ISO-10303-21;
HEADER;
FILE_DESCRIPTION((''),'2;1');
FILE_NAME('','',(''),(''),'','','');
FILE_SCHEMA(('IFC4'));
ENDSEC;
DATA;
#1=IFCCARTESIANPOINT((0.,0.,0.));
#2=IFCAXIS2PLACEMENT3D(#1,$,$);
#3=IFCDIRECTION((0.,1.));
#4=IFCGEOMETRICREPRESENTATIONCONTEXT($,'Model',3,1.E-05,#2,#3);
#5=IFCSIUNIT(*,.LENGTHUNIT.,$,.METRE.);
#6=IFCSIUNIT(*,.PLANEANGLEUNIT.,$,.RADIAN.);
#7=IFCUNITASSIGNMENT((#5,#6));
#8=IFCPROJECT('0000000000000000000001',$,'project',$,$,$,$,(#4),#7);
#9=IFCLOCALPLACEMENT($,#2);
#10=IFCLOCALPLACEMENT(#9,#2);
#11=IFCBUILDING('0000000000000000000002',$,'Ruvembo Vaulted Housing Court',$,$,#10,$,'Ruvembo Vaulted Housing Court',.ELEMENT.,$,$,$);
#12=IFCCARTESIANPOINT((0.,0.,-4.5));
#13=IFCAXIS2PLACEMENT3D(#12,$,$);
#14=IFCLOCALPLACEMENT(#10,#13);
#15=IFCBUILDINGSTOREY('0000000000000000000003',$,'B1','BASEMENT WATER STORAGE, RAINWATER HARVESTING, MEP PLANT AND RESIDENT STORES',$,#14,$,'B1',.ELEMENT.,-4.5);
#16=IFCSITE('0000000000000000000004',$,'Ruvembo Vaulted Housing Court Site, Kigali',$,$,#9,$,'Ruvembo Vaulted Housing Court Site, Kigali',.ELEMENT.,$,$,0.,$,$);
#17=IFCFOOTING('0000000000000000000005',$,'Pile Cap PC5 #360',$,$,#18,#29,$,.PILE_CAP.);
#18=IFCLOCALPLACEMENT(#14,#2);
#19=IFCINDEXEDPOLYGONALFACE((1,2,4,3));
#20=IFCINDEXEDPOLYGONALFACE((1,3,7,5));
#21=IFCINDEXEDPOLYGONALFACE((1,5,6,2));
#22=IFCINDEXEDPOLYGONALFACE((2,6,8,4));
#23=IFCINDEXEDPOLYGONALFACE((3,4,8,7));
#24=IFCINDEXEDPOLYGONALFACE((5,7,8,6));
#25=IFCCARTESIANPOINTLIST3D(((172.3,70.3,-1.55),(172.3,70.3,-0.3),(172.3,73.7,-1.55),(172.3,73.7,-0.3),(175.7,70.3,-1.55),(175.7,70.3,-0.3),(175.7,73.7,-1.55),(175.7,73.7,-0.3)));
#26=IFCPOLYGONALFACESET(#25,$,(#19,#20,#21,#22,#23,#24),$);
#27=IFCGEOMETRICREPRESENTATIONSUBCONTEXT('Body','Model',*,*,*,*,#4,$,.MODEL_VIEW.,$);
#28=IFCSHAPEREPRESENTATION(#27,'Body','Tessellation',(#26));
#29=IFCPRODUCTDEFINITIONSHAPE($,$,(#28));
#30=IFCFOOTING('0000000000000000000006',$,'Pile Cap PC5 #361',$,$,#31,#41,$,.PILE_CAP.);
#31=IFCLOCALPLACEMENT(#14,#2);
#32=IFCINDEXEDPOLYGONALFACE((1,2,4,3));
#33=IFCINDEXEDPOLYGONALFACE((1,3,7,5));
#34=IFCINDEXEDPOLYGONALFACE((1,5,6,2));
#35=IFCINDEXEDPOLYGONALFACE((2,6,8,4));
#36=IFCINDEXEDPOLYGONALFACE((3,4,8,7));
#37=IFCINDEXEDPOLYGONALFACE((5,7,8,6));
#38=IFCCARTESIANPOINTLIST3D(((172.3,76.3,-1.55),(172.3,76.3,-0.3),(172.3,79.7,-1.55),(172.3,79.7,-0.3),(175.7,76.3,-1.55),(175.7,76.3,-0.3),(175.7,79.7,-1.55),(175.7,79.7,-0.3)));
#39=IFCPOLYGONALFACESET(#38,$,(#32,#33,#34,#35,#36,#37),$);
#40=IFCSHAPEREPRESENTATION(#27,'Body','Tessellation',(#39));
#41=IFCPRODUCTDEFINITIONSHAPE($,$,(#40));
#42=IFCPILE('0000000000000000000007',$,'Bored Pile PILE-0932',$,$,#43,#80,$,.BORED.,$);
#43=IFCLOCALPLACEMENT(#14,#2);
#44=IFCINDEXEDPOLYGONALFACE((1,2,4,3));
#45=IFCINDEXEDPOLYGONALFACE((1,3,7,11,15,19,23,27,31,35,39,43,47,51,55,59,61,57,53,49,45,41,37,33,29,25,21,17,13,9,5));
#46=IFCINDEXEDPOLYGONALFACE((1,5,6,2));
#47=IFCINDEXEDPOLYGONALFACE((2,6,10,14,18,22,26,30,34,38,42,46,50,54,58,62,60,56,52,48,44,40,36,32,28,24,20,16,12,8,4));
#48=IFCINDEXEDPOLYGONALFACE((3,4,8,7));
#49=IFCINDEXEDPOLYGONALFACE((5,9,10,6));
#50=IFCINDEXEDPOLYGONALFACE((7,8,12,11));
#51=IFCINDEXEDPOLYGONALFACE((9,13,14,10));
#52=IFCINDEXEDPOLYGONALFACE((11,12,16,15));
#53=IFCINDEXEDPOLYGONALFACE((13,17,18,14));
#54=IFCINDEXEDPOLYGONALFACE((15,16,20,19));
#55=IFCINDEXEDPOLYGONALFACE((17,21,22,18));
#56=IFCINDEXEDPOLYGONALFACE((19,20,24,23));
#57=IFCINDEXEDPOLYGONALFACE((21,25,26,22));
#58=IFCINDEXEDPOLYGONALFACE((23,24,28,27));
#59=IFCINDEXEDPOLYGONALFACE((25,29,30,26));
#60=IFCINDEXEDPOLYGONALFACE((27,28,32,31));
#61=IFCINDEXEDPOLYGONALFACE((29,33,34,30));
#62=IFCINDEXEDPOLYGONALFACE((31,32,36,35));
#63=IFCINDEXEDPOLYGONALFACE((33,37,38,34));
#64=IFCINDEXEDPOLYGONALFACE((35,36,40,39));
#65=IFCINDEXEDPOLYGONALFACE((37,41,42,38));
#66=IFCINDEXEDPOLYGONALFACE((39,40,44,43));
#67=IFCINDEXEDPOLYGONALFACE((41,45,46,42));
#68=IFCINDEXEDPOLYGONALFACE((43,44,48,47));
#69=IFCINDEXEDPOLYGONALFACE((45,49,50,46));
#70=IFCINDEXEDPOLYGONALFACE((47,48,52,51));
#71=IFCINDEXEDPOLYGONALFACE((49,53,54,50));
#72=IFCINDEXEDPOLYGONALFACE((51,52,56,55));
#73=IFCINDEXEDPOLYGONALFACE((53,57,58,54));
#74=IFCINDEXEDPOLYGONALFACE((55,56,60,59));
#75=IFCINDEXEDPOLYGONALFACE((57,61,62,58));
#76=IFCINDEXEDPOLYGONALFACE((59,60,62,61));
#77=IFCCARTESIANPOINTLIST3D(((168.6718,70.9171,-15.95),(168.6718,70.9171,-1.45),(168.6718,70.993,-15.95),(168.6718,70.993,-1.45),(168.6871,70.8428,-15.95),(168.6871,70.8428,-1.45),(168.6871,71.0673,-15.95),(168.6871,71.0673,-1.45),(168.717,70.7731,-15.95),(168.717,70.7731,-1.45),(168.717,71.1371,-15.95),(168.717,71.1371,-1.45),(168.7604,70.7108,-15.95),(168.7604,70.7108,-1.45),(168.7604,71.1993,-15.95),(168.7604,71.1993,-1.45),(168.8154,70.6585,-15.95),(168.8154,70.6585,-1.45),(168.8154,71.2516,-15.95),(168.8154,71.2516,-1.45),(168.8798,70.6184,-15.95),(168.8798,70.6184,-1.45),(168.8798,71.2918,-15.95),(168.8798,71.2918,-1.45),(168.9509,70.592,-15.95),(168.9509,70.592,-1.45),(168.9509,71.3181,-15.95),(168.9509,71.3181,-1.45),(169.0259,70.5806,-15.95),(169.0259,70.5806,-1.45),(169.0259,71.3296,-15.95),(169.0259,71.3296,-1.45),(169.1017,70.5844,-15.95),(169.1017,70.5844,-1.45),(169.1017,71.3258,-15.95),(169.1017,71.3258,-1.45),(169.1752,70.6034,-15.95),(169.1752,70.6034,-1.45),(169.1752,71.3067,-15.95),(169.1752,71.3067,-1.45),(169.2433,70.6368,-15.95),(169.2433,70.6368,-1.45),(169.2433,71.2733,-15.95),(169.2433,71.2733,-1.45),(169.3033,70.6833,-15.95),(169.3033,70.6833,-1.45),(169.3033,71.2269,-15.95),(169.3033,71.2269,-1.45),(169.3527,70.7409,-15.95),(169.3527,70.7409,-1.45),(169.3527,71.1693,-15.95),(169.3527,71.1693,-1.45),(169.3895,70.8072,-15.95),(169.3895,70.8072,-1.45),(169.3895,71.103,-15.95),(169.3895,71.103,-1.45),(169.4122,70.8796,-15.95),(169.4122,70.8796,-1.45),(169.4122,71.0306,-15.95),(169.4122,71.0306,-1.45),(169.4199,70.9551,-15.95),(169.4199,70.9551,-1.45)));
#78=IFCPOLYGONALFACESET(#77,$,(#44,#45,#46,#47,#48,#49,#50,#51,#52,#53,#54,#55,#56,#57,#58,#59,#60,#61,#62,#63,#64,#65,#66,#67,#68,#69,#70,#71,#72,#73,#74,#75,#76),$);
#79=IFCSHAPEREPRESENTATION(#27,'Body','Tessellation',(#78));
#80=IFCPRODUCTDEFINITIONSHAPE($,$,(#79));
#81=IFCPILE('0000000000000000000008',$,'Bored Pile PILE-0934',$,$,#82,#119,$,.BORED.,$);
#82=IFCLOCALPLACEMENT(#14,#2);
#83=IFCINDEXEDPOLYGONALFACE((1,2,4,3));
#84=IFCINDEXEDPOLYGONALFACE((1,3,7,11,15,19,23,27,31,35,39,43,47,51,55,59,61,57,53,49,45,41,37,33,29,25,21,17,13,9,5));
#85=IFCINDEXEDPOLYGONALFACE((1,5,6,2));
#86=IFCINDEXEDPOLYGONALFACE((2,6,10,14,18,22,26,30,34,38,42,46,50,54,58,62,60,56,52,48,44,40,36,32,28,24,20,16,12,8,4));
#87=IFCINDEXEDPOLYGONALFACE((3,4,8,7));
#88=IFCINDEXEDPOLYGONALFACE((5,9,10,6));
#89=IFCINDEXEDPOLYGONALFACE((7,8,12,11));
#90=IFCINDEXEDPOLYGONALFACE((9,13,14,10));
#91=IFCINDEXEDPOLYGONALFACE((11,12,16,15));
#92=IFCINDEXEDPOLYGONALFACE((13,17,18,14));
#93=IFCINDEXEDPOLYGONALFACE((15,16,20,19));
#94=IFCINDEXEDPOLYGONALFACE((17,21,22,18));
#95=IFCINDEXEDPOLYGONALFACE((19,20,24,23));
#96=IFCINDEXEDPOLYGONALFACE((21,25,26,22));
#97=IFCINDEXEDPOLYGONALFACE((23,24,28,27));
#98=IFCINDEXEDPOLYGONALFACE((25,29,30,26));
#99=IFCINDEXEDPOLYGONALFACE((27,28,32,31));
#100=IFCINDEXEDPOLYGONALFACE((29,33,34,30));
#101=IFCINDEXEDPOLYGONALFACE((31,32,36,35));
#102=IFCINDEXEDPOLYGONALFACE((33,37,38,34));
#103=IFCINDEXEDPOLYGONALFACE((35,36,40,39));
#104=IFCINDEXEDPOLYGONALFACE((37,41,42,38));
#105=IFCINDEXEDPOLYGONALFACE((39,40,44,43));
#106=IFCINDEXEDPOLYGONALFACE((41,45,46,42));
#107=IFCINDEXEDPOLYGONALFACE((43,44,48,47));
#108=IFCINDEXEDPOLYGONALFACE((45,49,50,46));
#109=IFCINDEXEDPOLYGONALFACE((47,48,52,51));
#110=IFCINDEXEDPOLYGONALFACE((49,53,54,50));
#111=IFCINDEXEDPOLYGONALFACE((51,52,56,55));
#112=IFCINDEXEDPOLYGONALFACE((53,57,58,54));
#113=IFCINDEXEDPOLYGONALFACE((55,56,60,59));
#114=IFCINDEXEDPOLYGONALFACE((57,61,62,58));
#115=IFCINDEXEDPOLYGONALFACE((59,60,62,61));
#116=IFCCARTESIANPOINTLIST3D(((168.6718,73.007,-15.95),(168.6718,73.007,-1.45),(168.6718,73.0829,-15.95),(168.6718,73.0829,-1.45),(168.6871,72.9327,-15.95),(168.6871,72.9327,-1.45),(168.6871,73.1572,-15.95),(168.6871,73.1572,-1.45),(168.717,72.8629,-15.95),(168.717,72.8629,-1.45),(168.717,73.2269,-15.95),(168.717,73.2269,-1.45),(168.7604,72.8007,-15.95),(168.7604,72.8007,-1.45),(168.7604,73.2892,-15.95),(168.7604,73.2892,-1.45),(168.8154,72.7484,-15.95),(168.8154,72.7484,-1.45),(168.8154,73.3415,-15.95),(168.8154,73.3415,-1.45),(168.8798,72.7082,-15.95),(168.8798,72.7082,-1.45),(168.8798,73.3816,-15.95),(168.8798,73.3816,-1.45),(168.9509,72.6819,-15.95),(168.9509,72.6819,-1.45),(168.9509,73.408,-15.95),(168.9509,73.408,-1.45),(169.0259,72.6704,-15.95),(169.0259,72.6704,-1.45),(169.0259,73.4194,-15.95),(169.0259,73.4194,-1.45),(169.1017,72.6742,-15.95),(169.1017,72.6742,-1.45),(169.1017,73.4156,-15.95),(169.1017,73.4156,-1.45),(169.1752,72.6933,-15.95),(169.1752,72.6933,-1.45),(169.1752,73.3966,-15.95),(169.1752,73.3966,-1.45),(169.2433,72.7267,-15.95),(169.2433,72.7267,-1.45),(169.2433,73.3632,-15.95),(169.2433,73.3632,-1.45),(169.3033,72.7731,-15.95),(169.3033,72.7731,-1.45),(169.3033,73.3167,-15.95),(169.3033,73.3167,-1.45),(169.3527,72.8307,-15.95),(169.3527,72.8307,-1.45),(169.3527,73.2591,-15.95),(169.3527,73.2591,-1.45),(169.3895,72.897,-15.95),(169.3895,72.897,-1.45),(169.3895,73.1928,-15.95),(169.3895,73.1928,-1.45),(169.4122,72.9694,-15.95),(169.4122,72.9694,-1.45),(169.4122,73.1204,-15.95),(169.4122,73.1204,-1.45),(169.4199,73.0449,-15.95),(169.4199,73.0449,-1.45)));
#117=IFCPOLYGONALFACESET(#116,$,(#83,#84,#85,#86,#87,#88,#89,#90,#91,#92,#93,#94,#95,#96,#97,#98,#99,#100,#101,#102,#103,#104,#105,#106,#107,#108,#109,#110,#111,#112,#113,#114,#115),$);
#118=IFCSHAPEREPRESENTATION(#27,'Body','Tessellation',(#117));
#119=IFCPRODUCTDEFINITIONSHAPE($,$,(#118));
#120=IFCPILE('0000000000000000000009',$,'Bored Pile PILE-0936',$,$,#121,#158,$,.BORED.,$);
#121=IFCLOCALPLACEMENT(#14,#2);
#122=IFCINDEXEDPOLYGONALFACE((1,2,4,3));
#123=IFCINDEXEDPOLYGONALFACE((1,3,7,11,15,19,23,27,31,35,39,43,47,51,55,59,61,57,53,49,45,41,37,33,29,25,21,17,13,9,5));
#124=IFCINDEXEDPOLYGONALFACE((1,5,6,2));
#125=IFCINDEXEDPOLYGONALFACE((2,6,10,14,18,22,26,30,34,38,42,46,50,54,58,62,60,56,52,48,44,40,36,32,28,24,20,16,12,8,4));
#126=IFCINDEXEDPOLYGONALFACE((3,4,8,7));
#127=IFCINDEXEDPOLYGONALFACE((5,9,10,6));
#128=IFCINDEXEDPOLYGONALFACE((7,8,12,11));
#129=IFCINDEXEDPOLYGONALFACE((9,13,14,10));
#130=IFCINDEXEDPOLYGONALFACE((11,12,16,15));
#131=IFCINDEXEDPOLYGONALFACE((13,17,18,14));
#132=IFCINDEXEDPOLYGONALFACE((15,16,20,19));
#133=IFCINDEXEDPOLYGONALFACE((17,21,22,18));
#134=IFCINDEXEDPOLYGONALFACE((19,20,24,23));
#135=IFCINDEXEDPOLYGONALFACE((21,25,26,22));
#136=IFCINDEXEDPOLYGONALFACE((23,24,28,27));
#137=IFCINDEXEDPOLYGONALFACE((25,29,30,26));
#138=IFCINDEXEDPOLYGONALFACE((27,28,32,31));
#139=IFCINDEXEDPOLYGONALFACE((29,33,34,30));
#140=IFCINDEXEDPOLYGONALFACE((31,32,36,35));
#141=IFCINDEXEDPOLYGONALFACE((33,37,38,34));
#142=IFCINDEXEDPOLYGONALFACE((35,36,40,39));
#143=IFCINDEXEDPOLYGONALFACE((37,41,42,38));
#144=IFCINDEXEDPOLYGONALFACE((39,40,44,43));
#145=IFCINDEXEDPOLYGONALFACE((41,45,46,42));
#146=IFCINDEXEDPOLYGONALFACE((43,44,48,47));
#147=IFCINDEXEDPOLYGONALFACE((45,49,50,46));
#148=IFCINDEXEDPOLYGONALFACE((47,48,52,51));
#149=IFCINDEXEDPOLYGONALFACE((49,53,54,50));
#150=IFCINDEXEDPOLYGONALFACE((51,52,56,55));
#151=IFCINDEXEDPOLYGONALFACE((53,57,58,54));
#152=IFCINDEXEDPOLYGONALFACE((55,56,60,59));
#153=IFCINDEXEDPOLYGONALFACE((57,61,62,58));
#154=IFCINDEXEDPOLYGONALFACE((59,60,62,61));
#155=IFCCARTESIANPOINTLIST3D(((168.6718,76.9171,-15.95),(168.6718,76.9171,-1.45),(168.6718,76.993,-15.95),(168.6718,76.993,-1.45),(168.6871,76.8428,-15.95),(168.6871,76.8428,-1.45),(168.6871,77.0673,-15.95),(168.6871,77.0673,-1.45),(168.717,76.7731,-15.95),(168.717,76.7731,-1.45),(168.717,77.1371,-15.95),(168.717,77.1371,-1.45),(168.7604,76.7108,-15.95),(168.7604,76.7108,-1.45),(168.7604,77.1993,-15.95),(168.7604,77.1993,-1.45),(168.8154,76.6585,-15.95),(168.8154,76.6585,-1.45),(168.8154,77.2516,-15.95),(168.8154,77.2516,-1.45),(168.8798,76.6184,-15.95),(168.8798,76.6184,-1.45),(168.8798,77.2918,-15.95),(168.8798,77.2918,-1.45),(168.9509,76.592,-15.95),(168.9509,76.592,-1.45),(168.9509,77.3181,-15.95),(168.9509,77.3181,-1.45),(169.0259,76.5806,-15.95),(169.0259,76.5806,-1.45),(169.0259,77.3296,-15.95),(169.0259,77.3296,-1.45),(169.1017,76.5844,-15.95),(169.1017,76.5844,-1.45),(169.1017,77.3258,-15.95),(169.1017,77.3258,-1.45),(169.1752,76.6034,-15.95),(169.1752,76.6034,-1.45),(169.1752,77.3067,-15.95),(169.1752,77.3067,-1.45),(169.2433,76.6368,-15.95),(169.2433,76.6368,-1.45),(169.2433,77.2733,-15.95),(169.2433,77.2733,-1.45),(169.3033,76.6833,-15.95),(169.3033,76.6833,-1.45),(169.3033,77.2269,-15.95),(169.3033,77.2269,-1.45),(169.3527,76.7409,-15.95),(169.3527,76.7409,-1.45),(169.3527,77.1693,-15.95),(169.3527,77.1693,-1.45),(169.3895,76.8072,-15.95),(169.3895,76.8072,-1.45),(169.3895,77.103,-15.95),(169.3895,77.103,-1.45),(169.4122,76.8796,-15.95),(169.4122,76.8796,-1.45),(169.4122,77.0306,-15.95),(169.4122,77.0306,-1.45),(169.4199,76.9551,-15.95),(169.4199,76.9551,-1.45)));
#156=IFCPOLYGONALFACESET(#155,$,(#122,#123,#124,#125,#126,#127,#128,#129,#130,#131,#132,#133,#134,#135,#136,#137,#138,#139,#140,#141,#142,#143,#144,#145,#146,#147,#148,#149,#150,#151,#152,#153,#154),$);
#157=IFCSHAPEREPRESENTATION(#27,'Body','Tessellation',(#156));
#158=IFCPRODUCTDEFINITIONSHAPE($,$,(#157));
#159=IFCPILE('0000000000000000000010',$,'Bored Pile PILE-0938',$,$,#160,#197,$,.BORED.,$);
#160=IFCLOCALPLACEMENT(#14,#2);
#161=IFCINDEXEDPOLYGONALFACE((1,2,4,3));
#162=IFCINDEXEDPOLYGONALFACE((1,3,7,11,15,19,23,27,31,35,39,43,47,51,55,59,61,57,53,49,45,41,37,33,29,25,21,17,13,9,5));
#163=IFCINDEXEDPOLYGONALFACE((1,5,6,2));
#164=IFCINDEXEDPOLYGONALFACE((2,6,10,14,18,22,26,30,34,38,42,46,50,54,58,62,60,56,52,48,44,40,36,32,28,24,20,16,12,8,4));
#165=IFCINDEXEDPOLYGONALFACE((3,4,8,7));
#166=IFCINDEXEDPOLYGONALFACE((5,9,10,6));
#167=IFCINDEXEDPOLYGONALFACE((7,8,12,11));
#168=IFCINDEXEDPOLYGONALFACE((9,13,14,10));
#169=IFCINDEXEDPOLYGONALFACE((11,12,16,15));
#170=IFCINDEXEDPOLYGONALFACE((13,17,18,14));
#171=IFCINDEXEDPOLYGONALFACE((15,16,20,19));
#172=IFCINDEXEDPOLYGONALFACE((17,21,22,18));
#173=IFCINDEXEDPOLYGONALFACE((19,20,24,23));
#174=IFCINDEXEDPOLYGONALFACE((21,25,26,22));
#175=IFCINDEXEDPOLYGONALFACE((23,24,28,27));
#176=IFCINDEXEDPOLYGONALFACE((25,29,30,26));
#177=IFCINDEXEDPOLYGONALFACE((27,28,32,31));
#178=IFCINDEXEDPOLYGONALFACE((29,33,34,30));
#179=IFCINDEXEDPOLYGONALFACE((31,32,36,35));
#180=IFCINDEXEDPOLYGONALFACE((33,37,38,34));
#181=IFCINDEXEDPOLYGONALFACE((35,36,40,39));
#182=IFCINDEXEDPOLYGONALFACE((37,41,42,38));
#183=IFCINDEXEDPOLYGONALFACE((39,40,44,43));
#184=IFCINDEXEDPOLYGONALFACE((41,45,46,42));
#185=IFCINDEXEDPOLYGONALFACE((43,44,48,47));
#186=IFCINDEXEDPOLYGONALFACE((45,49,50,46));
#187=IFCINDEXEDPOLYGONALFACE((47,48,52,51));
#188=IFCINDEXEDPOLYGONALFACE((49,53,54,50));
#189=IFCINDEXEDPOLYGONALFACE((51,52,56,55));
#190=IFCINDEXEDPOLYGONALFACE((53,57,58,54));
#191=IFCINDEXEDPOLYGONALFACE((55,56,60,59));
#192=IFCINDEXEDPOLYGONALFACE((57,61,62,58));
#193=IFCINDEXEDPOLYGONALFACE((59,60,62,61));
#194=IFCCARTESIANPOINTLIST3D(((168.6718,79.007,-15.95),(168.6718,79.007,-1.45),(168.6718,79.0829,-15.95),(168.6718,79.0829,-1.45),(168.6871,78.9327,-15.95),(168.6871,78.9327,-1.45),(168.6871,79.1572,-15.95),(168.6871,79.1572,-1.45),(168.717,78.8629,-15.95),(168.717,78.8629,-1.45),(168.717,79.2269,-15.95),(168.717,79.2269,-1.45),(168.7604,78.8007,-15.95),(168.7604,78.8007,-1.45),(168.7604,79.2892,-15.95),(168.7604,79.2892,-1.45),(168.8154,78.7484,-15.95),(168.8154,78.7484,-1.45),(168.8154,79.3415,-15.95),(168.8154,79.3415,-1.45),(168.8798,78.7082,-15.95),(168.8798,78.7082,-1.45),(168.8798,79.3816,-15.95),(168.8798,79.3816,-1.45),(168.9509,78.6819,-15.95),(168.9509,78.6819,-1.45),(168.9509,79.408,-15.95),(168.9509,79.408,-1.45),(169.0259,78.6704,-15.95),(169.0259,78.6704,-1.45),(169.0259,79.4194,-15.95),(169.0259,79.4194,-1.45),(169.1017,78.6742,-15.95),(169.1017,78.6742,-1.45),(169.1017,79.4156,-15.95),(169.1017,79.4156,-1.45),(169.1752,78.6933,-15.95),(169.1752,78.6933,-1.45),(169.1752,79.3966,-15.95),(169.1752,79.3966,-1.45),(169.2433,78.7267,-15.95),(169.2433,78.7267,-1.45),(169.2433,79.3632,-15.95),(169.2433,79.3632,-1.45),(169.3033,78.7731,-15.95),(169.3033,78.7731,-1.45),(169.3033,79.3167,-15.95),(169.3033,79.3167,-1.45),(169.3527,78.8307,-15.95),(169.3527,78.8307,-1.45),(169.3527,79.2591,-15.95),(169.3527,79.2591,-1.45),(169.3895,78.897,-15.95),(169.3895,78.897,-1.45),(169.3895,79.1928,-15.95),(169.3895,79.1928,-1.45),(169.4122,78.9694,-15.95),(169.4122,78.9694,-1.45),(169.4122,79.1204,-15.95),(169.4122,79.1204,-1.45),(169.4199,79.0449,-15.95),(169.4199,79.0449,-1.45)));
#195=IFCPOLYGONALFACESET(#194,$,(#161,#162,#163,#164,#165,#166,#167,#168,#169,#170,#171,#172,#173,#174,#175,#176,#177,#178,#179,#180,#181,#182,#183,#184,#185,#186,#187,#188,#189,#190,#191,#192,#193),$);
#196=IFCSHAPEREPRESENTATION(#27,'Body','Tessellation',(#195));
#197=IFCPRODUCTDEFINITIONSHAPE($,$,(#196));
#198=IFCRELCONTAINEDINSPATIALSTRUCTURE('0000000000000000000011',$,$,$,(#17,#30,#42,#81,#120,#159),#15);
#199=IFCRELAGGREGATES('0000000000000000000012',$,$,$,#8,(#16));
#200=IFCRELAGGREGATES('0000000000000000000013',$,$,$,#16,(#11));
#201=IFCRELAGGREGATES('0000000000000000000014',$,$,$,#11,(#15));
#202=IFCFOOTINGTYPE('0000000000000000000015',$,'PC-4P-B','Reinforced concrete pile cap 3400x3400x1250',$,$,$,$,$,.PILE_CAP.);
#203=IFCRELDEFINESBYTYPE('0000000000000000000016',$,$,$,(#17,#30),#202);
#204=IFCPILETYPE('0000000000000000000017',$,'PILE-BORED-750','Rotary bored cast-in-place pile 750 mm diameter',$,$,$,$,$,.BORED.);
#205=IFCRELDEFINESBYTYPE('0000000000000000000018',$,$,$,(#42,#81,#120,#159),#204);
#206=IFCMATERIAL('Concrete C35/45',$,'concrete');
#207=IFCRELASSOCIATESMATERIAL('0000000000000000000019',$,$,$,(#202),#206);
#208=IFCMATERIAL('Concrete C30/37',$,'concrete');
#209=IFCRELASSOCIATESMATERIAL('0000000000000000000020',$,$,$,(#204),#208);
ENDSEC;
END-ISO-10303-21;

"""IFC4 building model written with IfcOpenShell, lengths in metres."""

from ifc_helpers import new_model, si_unit, direction, frame, origin, origin_2d, place, context, subcontext, project, spatial, rectangle, circle, extrude, material, material_profile, profile_set, type_object, element, save


model = new_model("IFC4")

# Units and contexts
model_context = context("Model", 3, precision=1e-05, world=origin(), true_north=direction((0.0, 1.0)))
body_context = subcontext(model_context, "Body", "Model", "MODEL_VIEW")
ifc_project = project(units=[si_unit("LENGTHUNIT", "METRE"), si_unit("PLANEANGLEUNIT", "RADIAN")], contexts=[model_context])

# Site, building, storey
site_placement = place(None, origin())
site = spatial("IfcSite", under=ifc_project, at=site_placement, Name="Ruvembo Vaulted Housing Court Site, Kigali", LongName="Ruvembo Vaulted Housing Court Site, Kigali", CompositionType="ELEMENT", RefElevation=0.0)
building_placement = place(site_placement, origin())
building = spatial("IfcBuilding", under=site, at=building_placement, Name="Ruvembo Vaulted Housing Court", LongName="Ruvembo Vaulted Housing Court", CompositionType="ELEMENT")
storey_placement = place(building_placement, frame((0.0, 0.0, -4.5)))
storey = spatial("IfcBuildingStorey", under=building, at=storey_placement, Name="B1", Description="BASEMENT WATER STORAGE, RAINWATER HARVESTING, MEP PLANT AND RESIDENT STORES", LongName="B1", CompositionType="ELEMENT", Elevation=-4.5)

# Footings
ifc_material_1 = material(Name="Concrete C35/45", Category="concrete")
footing_type = type_object("IfcFootingType", Name="PC-4P-B", Description="Reinforced concrete pile cap 3400x3400x1250", PredefinedType="PILE_CAP", material=ifc_material_1)
for number, where, z_axis, x_axis, name in (
    (1, (174.0, 72.0, -1.55), (0.0, 0.0, 1.0), (1.0, 0.0, 0.0), "Pile Cap PC5 #360"),
    (2, (174.0, 78.0, -1.55), (0.0, 0.0, 1.0), (1.0, 0.0, 0.0), "Pile Cap PC5 #361"),
):
    element("IfcFooting", number, at=place(storey_placement, frame(where, z_axis=z_axis, x_axis=x_axis)), inside=storey, type_object=footing_type, Name=name, PredefinedType="PILE_CAP", context=body_context, shape_type="SweptSolid", body=[
        extrude(rectangle(XDim=3.3999, YDim=3.3999, at=origin_2d()), origin(), (0.0, 0.0, 1.0), 1.25),
    ])

# Piles
ifc_material_2 = material(Name="Concrete C30/37", Category="concrete")
ifc_material_profile_1 = material_profile(ifc_material_2, circle(Radius=0.375, at=origin_2d()), Name="PILE D750")
ifc_profile_set_1 = profile_set([ifc_material_profile_1], Name="Concrete C30/37")
pile_type = type_object("IfcPileType", Name="PILE-BORED-750", Description="Rotary bored cast-in-place pile 750 mm diameter", PredefinedType="BORED", material=ifc_profile_set_1)
for number, where, z_axis, x_axis, name in (
    (3, (169.0449, 70.9551, -1.45), (0.0, 0.0, -1.0), (1.0, 0.0, 0.0), "Bored Pile PILE-0932"),
    (4, (169.0449, 73.0449, -1.45), (0.0, 0.0, -1.0), (1.0, 0.0, 0.0), "Bored Pile PILE-0934"),
    (5, (169.0449, 76.9551, -1.45), (0.0, 0.0, -1.0), (1.0, 0.0, 0.0), "Bored Pile PILE-0936"),
    (6, (169.0449, 79.0449, -1.45), (0.0, 0.0, -1.0), (1.0, 0.0, 0.0), "Bored Pile PILE-0938"),
):
    element("IfcPile", number, at=place(storey_placement, frame(where, z_axis=z_axis, x_axis=x_axis)), inside=storey, type_object=pile_type, Name=name, PredefinedType="BORED", context=body_context, shape_type="SweptSolid", body=[
        extrude(circle(Radius=0.375, at=origin_2d()), origin(), (0.0, 0.0, 1.0), 14.5),
    ])

save(model, "model.ifc")
